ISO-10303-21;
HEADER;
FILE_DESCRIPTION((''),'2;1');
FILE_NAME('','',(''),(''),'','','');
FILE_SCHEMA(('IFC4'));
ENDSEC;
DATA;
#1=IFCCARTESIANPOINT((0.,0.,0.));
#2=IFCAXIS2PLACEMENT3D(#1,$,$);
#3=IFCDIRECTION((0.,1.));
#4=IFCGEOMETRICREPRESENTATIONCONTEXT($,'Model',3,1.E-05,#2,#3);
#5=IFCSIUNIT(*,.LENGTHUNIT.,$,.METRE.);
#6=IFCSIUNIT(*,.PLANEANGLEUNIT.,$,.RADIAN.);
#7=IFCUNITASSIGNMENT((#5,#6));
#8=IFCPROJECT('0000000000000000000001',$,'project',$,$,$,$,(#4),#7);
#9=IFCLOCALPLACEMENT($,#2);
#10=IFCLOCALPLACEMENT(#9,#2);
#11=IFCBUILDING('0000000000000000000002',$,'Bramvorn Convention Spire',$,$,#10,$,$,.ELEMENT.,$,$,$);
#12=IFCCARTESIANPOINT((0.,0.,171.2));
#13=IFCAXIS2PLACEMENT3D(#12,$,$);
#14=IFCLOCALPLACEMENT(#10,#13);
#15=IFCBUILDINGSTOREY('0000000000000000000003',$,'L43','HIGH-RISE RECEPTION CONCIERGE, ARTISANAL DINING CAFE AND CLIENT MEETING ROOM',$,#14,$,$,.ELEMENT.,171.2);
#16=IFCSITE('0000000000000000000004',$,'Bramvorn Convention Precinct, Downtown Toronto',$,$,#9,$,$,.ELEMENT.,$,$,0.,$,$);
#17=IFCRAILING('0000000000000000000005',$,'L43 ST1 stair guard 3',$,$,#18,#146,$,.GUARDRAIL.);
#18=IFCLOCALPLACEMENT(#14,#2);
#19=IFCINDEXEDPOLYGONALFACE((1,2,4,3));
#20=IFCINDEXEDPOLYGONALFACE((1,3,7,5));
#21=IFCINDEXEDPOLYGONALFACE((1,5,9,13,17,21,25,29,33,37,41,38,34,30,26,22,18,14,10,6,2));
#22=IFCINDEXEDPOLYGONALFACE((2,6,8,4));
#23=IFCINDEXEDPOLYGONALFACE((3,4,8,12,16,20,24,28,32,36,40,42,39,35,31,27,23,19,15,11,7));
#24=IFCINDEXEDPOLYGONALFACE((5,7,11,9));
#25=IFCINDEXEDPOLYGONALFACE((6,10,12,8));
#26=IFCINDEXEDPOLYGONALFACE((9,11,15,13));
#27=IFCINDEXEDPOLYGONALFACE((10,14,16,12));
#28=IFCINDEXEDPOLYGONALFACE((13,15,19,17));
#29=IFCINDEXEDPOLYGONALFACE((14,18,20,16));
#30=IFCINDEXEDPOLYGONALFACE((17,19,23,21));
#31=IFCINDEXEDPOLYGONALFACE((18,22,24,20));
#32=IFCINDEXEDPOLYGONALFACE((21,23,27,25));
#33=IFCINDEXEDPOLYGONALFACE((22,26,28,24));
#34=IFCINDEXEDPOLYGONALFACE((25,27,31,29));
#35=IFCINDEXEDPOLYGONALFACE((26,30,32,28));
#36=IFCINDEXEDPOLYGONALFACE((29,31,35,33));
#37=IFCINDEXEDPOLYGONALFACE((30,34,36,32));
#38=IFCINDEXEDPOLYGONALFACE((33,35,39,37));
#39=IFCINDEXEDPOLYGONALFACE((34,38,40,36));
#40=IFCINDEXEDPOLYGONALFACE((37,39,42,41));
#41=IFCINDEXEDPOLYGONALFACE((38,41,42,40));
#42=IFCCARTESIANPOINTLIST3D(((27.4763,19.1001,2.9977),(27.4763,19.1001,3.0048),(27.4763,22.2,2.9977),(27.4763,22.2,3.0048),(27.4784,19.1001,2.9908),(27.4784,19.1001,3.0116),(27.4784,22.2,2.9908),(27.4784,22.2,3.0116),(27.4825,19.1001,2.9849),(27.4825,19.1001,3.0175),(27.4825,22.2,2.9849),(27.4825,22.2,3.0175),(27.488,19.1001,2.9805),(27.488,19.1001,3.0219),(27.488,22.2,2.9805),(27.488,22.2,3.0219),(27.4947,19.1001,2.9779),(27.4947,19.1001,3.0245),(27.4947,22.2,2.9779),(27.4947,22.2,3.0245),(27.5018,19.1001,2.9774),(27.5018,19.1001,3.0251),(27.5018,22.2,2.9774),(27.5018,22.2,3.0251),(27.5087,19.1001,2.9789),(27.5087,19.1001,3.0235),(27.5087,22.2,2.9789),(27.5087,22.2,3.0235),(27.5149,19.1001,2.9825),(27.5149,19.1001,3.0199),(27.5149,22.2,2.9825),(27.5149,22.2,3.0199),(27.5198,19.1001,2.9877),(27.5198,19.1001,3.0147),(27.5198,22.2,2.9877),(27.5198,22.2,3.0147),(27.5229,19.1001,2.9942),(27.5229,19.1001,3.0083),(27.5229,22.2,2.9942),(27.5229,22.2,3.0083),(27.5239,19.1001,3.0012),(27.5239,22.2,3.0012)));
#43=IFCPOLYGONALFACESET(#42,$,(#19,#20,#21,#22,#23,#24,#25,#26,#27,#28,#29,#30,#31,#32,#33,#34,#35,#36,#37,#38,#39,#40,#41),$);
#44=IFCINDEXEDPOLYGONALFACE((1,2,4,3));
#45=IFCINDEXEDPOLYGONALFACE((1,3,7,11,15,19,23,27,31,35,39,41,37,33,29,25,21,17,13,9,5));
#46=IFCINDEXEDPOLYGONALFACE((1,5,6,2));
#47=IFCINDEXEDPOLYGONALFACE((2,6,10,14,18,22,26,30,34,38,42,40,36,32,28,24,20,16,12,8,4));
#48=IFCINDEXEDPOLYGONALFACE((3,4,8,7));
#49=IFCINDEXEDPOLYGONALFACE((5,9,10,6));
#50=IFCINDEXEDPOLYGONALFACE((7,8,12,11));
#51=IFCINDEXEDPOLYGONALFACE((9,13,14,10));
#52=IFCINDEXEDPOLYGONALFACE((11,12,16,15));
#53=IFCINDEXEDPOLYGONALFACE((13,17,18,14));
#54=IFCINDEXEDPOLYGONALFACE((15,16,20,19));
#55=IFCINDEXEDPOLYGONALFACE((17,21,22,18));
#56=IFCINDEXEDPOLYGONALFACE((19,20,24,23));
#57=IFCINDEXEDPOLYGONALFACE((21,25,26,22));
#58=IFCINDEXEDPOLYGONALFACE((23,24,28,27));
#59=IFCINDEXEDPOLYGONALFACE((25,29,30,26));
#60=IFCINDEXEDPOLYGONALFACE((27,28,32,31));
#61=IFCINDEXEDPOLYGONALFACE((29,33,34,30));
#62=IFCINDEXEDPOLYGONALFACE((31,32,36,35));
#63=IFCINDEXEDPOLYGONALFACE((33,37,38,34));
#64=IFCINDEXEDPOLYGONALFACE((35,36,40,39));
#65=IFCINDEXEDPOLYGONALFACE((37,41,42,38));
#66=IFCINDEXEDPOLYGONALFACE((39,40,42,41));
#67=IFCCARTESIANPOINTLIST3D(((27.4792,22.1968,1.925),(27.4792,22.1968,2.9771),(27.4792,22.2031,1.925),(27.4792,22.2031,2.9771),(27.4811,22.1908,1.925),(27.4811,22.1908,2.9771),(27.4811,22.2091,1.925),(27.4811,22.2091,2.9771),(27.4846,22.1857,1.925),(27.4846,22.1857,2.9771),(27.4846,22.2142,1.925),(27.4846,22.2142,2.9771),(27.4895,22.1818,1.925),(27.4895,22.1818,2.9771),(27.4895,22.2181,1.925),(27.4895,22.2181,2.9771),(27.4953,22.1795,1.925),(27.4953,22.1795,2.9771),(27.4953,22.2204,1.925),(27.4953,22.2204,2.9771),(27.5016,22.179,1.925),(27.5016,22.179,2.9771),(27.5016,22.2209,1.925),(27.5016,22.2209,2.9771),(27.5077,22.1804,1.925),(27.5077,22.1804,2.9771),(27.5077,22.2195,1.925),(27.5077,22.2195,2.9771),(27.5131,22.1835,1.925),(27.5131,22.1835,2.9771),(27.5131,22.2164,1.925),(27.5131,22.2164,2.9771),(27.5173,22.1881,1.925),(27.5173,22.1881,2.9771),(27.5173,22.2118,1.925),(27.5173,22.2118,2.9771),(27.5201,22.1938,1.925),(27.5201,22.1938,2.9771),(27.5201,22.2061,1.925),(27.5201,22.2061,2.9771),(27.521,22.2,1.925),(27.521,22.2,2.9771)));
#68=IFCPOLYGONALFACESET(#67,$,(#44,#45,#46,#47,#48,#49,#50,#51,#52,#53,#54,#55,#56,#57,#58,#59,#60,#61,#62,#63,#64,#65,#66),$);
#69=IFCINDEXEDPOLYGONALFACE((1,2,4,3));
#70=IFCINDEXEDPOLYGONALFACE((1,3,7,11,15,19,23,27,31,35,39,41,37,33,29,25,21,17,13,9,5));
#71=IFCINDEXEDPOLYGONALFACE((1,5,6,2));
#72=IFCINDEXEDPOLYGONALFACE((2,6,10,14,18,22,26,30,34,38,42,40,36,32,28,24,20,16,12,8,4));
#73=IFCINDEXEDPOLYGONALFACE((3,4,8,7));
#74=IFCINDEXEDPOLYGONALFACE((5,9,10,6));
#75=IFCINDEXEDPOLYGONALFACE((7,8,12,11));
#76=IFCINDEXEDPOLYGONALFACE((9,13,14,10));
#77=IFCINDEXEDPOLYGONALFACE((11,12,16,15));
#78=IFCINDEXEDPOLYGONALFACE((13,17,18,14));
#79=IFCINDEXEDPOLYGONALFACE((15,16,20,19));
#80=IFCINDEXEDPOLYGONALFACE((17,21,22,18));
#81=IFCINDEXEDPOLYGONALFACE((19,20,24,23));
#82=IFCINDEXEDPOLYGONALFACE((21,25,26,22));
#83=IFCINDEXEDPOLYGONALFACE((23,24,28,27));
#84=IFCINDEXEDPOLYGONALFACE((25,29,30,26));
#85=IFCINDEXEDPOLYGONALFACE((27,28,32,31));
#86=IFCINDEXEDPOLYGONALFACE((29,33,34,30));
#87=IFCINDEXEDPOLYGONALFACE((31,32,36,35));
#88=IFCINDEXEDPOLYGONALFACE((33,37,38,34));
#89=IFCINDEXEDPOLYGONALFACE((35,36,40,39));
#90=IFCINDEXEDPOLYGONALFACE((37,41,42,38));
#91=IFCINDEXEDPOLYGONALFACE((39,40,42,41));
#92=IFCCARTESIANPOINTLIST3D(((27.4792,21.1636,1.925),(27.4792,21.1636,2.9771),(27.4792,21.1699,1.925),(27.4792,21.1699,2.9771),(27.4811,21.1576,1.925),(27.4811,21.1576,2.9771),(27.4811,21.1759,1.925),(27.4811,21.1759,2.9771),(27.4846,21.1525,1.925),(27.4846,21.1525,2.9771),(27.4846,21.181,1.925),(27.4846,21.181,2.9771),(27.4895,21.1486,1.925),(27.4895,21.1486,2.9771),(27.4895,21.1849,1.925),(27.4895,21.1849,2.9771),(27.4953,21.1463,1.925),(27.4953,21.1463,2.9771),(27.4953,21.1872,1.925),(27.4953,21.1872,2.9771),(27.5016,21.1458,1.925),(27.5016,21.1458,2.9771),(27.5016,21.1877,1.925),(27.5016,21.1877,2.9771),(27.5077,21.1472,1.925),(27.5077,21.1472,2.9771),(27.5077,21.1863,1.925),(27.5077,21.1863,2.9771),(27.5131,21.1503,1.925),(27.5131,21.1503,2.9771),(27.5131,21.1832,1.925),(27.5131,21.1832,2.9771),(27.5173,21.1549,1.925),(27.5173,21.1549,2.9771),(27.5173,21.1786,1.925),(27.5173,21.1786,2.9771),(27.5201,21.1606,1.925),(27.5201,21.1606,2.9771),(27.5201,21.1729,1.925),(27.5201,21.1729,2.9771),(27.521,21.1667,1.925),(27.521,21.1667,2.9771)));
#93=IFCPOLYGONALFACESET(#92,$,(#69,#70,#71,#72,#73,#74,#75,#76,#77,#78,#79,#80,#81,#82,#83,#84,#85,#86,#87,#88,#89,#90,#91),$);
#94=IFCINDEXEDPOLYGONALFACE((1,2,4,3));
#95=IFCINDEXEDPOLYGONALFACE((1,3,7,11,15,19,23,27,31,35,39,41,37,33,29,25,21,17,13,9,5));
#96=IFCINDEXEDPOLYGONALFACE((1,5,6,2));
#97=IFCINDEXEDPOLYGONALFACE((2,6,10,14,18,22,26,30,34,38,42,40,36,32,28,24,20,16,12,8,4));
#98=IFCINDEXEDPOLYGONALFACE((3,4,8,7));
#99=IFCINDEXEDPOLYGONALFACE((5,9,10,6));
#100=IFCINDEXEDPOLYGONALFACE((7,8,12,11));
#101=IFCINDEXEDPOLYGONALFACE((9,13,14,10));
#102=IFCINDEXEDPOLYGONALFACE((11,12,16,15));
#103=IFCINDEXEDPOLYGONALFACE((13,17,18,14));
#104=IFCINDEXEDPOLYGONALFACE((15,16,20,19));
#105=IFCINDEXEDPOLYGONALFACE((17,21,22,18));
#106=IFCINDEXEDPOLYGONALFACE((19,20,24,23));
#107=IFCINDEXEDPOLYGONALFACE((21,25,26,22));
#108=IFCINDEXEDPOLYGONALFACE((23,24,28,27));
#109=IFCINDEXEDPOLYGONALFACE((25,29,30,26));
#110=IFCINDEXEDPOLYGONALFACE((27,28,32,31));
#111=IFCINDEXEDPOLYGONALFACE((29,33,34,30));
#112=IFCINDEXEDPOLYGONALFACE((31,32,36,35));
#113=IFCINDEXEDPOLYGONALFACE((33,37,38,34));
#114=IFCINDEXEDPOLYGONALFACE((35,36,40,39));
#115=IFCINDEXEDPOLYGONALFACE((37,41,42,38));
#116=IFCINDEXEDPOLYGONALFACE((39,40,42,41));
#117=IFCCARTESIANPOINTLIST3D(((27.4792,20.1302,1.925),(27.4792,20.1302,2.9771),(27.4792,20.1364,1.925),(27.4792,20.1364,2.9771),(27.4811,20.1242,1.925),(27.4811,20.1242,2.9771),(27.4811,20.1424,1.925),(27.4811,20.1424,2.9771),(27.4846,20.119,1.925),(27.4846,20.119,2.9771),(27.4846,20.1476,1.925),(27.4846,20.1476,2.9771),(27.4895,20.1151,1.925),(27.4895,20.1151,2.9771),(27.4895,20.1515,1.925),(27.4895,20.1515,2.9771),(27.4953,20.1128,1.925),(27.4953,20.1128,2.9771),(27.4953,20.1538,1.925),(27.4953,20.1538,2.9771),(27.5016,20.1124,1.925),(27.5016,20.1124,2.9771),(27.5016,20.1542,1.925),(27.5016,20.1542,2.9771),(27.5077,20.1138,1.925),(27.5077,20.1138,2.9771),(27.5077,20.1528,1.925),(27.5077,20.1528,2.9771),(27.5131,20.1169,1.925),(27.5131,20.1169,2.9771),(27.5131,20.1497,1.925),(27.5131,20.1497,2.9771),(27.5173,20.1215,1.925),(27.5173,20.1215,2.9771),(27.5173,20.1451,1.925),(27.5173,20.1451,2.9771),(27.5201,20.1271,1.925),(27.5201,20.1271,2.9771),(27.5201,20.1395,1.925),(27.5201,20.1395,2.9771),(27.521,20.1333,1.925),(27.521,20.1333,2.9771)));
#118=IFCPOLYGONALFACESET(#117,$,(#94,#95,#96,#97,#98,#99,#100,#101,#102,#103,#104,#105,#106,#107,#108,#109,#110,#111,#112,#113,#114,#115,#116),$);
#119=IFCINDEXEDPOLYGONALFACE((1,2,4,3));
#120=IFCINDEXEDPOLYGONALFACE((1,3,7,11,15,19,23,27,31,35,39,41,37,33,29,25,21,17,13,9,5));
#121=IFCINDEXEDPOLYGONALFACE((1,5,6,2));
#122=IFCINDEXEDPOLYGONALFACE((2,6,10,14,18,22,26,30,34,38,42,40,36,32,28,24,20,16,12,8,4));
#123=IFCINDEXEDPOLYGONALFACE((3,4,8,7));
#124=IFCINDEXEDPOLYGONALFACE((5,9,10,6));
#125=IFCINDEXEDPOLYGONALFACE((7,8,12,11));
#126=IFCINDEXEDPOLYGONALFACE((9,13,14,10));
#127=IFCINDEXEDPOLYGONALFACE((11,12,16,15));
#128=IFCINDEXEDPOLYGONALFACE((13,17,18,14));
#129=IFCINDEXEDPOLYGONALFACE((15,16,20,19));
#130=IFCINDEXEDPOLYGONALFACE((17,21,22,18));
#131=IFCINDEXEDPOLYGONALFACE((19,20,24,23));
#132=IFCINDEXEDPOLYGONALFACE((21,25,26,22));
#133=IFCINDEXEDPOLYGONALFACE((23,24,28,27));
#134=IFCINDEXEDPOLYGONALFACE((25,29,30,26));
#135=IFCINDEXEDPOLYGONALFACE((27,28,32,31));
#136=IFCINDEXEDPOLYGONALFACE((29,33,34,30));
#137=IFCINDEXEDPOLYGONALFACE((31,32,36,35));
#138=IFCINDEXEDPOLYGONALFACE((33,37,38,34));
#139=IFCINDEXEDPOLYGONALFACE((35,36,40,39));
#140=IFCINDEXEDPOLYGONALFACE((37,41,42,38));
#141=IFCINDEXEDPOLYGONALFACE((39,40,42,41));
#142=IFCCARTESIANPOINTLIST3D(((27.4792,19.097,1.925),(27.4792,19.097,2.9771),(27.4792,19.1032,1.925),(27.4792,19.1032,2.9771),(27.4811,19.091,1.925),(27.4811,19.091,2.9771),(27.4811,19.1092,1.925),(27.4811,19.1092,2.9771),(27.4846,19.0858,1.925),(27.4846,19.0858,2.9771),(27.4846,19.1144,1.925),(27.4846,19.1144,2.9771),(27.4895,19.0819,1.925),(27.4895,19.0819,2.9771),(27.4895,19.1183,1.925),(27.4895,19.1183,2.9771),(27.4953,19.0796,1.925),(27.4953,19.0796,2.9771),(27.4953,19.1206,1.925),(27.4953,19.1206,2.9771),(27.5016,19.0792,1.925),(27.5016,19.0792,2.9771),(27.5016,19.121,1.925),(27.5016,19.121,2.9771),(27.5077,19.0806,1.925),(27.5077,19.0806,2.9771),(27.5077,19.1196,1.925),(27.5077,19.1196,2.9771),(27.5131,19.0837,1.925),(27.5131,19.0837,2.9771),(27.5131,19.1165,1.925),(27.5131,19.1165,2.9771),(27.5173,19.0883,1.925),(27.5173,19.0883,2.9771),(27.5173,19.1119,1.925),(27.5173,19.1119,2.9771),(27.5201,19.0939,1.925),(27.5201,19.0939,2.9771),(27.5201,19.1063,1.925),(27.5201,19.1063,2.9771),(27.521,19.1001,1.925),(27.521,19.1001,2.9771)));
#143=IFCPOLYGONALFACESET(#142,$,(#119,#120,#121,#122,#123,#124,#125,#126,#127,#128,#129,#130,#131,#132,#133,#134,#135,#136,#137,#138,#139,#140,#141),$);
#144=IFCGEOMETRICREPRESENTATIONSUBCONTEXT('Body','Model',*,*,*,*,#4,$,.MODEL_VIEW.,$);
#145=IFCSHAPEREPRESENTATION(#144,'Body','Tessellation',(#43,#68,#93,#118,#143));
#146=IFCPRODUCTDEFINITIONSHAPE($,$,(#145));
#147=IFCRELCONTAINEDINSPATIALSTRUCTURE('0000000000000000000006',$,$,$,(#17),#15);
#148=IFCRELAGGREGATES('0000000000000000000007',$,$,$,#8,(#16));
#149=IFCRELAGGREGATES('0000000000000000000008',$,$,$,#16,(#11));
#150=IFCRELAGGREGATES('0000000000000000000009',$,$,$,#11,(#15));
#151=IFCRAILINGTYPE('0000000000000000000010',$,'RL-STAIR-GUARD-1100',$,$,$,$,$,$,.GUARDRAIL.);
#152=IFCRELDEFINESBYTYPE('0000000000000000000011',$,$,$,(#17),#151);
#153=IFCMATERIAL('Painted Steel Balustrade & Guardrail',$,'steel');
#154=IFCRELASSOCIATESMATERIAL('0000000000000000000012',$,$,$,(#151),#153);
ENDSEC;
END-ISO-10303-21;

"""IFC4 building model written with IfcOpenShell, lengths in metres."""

from ifc_helpers import new_model, si_unit, direction, frame, origin, origin_2d, place, context, subcontext, project, spatial, circle, extrude, material, type_object, element, save


model = new_model("IFC4")

# Units and contexts
model_context = context("Model", 3, precision=1e-05, world=origin(), true_north=direction((0.0, 1.0)))
body_context = subcontext(model_context, "Body", "Model", "MODEL_VIEW")
ifc_project = project(units=[si_unit("LENGTHUNIT", "METRE"), si_unit("PLANEANGLEUNIT", "RADIAN")], contexts=[model_context])

# Site, building, storey
site_placement = place(None, origin())
site = spatial("IfcSite", under=ifc_project, at=site_placement, Name="Bramvorn Convention Precinct, Downtown Toronto", CompositionType="ELEMENT", RefElevation=0.0)
building_placement = place(site_placement, origin())
building = spatial("IfcBuilding", under=site, at=building_placement, Name="Bramvorn Convention Spire", CompositionType="ELEMENT")
storey_placement = place(building_placement, frame((0.0, 0.0, 171.2)))
storey = spatial("IfcBuildingStorey", under=building, at=storey_placement, Name="L43", Description="HIGH-RISE RECEPTION CONCIERGE, ARTISANAL DINING CAFE AND CLIENT MEETING ROOM", CompositionType="ELEMENT", Elevation=171.2)

# Railing
ifc_material_1 = material(Name="Painted Steel Balustrade & Guardrail", Category="steel")
railing_type_1 = type_object("IfcRailingType", Name="RL-STAIR-GUARD-1100", PredefinedType="GUARDRAIL", material=ifc_material_1)
for number, where, name in (
    (1, (27.5, 22.2, 1.925), "L43 ST1 stair guard 3"),
):
    element("IfcRailing", number, at=place(storey_placement, frame(where)), inside=storey, type_object=railing_type_1, Name=name, PredefinedType="GUARDRAIL", context=body_context, shape_type="SweptSolid", body=[
        extrude(circle(Radius=0.0239, at=origin_2d()), frame((0.0, 0.0, 1.0762), z_axis=(0.0, -1.0, 0.0), x_axis=(1.0, 0.0, 0.0)), (0.0, 0.0, 1.0), 3.0999),
        extrude(circle(Radius=0.021, at=origin_2d()), origin(), (0.0, 0.0, 1.0), 1.052),
        extrude(circle(Radius=0.021, at=origin_2d()), frame((0.0, -1.0332, 0.0)), (0.0, 0.0, 1.0), 1.052),
        extrude(circle(Radius=0.021, at=origin_2d()), frame((0.0, -2.0667, 0.0)), (0.0, 0.0, 1.0), 1.052),
        extrude(circle(Radius=0.021, at=origin_2d()), frame((0.0, -3.0999, 0.0)), (0.0, 0.0, 1.0), 1.052),
    ])

save(model, "model.ifc")
